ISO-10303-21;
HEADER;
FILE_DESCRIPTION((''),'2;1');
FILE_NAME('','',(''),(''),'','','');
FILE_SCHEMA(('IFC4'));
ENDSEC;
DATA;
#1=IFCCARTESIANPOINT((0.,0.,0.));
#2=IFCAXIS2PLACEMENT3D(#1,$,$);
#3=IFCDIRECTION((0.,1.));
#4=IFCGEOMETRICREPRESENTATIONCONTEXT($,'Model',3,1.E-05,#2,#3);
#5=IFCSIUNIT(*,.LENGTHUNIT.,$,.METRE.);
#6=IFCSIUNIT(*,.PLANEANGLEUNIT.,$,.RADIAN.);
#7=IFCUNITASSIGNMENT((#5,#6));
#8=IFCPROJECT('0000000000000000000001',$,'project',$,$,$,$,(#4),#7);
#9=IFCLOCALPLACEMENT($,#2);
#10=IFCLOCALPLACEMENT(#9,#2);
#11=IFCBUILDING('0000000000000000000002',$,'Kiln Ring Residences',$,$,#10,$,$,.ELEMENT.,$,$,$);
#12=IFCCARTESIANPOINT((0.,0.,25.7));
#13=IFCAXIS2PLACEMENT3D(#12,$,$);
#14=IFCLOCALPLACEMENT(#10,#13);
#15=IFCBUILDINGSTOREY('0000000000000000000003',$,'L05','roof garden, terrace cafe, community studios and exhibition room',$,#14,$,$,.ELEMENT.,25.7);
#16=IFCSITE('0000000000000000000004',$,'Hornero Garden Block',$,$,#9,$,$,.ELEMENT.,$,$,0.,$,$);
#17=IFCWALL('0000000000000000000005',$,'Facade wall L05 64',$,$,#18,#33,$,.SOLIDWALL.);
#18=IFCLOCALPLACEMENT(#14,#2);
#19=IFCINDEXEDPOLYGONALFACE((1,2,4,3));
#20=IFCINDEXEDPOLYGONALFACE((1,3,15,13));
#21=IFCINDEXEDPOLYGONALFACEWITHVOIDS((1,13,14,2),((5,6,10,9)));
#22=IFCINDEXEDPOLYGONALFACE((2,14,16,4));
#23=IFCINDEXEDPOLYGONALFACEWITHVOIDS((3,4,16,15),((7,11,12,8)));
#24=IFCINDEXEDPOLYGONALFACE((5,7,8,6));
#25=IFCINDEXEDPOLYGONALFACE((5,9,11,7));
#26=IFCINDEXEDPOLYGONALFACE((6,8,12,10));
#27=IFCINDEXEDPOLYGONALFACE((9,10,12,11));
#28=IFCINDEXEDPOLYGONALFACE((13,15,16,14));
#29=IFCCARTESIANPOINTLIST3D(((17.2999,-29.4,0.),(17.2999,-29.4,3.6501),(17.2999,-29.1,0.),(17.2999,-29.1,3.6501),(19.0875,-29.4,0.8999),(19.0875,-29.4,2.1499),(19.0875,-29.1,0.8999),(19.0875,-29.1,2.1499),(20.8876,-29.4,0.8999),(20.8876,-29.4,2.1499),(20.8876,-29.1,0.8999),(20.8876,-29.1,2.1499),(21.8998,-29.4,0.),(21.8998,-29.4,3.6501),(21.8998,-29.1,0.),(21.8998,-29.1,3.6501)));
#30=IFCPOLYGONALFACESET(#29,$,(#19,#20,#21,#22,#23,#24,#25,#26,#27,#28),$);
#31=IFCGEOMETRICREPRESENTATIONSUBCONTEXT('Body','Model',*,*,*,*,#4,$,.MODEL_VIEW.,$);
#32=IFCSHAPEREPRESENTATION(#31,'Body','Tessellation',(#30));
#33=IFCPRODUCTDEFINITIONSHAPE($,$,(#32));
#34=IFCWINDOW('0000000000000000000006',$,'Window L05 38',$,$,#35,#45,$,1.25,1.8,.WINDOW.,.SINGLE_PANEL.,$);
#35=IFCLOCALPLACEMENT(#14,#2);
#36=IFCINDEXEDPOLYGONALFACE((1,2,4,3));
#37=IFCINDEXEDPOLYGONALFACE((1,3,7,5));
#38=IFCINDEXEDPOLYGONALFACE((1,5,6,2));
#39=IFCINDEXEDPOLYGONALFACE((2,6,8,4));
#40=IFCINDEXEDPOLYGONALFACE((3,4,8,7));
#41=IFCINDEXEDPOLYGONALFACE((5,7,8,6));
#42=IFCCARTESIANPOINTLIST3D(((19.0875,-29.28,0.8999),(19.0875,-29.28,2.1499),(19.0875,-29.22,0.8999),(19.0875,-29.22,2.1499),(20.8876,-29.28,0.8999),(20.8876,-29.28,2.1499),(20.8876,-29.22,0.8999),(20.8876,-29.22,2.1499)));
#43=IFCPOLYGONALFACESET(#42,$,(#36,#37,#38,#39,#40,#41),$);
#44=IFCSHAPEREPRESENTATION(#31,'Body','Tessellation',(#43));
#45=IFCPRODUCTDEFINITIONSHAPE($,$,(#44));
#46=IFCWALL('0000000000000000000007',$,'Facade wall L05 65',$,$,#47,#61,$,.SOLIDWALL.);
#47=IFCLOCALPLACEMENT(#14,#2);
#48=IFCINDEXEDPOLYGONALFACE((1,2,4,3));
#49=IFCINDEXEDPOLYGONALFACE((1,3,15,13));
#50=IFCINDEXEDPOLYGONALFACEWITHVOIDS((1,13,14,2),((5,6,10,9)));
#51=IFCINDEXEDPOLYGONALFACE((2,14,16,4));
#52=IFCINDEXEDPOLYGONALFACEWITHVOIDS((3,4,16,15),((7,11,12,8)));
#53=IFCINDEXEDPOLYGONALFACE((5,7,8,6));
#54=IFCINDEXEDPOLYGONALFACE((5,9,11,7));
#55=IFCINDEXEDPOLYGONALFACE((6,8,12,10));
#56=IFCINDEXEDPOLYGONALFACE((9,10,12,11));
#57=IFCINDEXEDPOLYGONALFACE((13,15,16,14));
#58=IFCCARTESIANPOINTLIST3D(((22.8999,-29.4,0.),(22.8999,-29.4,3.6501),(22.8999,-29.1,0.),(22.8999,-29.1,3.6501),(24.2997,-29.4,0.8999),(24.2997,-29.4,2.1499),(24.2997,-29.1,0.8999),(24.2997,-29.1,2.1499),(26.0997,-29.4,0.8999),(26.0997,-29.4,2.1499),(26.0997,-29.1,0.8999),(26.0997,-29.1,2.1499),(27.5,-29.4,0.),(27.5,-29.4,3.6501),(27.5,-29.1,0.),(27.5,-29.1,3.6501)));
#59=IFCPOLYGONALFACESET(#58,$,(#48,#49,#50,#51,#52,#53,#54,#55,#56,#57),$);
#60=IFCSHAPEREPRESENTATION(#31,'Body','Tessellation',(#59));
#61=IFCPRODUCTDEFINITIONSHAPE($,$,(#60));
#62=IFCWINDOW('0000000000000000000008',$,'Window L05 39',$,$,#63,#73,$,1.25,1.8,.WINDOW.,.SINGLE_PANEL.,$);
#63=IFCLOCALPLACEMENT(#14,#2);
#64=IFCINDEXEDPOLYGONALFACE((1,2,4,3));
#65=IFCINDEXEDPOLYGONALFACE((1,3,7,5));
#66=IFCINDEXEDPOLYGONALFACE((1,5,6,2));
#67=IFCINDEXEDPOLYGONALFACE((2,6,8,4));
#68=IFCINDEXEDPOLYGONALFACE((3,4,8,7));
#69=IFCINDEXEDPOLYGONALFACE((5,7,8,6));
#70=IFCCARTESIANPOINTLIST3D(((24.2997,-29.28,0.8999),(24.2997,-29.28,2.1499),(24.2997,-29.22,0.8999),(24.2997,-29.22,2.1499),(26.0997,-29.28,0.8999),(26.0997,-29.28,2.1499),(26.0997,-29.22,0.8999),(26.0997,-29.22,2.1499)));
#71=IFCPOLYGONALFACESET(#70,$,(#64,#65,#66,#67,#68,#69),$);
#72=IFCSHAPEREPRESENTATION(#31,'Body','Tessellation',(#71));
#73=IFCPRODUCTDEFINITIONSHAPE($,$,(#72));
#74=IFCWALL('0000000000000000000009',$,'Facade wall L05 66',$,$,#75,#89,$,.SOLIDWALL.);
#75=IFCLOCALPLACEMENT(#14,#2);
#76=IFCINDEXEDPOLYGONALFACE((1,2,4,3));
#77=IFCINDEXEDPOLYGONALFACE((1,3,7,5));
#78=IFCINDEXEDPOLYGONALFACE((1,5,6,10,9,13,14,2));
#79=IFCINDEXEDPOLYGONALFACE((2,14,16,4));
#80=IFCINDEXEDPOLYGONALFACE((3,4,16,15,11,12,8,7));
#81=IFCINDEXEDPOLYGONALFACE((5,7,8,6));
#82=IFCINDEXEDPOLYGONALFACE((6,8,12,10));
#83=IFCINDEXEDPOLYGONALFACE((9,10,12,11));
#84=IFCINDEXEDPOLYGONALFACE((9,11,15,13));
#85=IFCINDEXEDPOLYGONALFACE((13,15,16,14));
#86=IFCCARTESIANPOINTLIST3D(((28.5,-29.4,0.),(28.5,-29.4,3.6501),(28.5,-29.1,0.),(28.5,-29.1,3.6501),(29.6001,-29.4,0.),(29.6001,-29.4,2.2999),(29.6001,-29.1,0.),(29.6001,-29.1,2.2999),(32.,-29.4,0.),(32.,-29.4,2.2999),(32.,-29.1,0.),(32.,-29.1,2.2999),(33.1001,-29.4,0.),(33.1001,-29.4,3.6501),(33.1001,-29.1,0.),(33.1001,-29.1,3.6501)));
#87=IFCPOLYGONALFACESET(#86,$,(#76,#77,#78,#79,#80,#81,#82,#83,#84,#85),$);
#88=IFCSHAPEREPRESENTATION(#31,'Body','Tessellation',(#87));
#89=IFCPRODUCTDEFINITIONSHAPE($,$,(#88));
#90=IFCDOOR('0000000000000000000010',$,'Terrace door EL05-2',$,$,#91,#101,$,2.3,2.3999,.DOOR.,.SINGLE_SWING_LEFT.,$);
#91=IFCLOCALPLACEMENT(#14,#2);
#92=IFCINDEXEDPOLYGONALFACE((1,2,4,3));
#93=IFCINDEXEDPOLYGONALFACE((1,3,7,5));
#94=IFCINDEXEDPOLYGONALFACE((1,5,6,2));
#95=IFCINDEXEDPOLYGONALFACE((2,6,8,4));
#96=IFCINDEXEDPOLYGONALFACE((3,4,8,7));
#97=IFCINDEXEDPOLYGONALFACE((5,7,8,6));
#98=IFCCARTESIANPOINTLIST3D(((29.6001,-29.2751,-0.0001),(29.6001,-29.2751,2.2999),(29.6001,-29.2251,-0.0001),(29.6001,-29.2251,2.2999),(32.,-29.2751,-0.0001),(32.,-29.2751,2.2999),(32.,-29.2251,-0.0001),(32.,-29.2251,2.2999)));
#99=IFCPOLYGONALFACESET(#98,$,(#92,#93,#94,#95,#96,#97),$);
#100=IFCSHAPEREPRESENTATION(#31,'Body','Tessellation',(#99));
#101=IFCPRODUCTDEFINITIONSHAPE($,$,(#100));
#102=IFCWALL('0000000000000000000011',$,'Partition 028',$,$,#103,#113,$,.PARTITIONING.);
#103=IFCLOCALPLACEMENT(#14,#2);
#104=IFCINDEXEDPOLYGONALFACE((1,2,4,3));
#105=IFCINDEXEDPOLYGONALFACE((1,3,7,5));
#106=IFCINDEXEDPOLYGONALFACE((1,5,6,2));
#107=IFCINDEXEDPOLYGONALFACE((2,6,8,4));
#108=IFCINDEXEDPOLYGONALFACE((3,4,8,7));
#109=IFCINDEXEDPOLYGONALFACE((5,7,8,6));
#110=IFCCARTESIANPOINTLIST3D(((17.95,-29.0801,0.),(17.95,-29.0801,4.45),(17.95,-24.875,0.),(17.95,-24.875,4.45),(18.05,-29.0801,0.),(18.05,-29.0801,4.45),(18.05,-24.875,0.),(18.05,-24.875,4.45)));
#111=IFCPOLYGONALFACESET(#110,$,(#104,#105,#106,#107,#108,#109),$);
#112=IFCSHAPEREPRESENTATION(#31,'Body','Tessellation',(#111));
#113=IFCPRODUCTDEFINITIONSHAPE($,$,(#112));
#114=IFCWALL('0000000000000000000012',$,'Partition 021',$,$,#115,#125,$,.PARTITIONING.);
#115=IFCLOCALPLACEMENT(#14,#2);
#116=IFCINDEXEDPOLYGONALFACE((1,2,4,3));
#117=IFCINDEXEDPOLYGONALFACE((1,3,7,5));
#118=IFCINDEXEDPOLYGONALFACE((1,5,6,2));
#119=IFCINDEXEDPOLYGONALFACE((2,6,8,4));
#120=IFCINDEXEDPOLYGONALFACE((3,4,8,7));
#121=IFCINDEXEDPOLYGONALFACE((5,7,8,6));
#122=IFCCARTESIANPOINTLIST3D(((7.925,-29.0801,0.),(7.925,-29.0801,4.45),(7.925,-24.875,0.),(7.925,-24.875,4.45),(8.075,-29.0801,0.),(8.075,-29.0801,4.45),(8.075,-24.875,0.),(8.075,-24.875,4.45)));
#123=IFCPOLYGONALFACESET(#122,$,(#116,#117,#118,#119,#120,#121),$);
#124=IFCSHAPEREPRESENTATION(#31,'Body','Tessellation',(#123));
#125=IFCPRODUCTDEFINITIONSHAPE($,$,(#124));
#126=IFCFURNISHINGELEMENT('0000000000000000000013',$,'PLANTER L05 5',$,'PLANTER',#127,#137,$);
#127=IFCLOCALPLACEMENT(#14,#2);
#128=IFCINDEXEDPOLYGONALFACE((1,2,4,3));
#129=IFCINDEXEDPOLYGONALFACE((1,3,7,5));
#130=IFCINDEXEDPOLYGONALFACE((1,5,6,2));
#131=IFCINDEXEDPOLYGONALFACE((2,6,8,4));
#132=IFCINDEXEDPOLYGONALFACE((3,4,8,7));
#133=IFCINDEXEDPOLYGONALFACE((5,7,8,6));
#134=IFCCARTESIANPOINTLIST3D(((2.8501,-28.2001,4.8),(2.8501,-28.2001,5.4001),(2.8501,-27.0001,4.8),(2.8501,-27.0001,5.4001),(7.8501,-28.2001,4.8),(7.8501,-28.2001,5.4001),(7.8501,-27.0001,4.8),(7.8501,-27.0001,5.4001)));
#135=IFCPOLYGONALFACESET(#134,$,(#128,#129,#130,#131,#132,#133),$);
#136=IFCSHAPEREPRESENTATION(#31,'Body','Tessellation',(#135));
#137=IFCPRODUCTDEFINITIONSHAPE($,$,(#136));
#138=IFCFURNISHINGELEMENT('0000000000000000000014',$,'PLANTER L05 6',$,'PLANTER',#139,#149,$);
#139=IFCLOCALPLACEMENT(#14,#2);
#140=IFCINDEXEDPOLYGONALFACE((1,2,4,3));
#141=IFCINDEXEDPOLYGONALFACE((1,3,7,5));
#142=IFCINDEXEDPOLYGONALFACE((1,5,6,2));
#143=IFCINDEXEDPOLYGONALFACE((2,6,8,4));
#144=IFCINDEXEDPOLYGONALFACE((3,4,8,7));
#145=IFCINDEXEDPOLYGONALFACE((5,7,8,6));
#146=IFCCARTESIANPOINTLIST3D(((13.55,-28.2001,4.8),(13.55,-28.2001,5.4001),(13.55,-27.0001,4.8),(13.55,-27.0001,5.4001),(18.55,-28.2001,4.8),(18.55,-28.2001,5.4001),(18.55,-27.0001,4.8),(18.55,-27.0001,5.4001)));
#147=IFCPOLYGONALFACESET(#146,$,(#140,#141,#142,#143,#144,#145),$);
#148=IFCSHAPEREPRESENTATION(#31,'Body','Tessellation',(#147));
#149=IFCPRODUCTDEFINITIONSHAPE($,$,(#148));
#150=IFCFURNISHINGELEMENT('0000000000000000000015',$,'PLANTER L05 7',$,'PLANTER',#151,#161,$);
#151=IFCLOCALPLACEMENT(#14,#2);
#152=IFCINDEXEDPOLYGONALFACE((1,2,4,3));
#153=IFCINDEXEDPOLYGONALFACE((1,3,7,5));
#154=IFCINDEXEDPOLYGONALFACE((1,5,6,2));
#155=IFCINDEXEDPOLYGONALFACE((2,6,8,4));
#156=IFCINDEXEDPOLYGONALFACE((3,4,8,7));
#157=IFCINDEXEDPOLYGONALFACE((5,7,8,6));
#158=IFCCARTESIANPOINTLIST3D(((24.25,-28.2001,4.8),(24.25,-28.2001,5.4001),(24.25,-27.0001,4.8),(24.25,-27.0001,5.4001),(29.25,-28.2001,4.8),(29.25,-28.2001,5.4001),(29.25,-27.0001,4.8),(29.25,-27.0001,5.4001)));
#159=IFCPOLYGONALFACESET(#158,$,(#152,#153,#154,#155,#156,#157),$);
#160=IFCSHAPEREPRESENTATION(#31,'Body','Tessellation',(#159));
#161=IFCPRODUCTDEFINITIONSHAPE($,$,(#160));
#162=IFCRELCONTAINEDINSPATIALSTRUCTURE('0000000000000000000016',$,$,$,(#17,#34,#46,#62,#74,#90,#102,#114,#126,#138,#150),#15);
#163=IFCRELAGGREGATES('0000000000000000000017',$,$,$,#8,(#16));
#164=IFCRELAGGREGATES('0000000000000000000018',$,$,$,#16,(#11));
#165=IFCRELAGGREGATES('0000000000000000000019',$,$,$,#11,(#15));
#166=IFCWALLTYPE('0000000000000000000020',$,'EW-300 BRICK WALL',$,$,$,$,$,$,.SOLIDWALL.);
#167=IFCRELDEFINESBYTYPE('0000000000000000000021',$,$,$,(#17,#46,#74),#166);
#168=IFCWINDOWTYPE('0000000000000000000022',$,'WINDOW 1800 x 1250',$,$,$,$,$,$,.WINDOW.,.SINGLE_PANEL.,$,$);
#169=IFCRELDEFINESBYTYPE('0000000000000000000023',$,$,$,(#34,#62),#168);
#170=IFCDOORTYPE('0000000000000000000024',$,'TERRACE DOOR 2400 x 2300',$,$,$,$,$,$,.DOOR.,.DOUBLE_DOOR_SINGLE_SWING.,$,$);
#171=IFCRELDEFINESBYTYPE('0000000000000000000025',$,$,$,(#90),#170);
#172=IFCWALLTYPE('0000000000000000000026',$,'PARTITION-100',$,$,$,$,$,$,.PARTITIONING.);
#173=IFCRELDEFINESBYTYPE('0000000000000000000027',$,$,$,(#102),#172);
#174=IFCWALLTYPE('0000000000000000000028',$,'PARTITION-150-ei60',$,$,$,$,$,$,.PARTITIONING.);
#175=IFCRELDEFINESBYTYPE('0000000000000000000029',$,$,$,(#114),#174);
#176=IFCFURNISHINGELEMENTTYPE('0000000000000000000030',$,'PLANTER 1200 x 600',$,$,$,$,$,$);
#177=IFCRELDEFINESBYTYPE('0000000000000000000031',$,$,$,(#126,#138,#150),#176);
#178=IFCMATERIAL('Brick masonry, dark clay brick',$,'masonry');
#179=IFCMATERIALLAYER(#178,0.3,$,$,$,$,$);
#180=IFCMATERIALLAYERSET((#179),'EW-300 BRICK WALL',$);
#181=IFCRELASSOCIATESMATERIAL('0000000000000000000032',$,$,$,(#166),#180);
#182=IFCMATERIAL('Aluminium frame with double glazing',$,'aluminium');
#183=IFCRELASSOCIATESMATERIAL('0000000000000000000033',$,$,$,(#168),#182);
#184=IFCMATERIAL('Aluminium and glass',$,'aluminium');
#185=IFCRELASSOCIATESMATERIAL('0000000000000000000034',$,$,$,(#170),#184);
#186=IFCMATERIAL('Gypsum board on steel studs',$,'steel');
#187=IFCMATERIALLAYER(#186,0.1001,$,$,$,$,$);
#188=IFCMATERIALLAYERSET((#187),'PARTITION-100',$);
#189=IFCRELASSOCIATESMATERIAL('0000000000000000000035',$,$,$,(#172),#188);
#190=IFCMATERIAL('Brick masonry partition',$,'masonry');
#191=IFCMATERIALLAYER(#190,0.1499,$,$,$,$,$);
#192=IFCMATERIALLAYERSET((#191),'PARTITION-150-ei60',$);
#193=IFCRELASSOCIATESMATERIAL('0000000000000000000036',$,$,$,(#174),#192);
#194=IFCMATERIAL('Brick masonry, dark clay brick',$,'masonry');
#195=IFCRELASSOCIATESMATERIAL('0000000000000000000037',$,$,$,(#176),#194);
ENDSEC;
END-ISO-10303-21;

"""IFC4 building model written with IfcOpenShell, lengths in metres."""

from ifc_helpers import new_model, si_unit, direction, frame, frame_2d, origin, origin_2d, place, context, subcontext, project, spatial, rectangle, extrude, material, layer, layer_set, type_object, element, fill, save


model = new_model("IFC4")

# Units and contexts
model_context = context("Model", 3, precision=1e-05, world=origin(), true_north=direction((0.0, 1.0)))
body_context = subcontext(model_context, "Body", "Model", "MODEL_VIEW")
ifc_project = project(units=[si_unit("LENGTHUNIT", "METRE"), si_unit("PLANEANGLEUNIT", "RADIAN")], contexts=[model_context])

# Site, building, storey
site_placement = place(None, origin())
site = spatial("IfcSite", under=ifc_project, at=site_placement, Name="Hornero Garden Block", CompositionType="ELEMENT", RefElevation=0.0)
building_placement = place(site_placement, origin())
building = spatial("IfcBuilding", under=site, at=building_placement, Name="Kiln Ring Residences", CompositionType="ELEMENT")
storey_placement = place(building_placement, frame((0.0, 0.0, 25.7)))
storey = spatial("IfcBuildingStorey", under=building, at=storey_placement, Name="L05", Description="roof garden, terrace cafe, community studios and exhibition room", CompositionType="ELEMENT", Elevation=25.7)

# Shared definitions
ifc_material_1 = material(Name="Brick masonry, dark clay brick", Category="masonry")
ifc_layer_1 = layer(ifc_material_1, 0.3)
ifc_layer_set_1 = layer_set([ifc_layer_1], Name="EW-300 BRICK WALL")
wall_type_1 = type_object("IfcWallType", Name="EW-300 BRICK WALL", PredefinedType="SOLIDWALL", material=ifc_layer_set_1)
ifc_material_2 = material(Name="Aluminium frame with double glazing", Category="aluminium")
window_type_1 = type_object("IfcWindowType", Name="WINDOW 1800 x 1250", PartitioningType="SINGLE_PANEL", PredefinedType="WINDOW", material=ifc_material_2)

# Walls, openings, windows
wall_1_placement = place(storey_placement, frame((17.3, -29.25, 0.0), z_axis=(0.0, 0.0, 1.0), x_axis=(1.0, 0.0, 0.0)))
wall_1 = element("IfcWall", 1, at=wall_1_placement, inside=storey, type_object=wall_type_1, Name="Facade wall L05 64", PredefinedType="SOLIDWALL", context=body_context, shape_type="SweptSolid", body=[
    extrude(rectangle(XDim=4.5999, YDim=0.3, at=frame_2d((2.2998, 0.0))), origin(), (0.0, 0.0, 1.0), 3.6501),
])
opening_1_placement = place(wall_1_placement, frame((1.7876, 0.0, 0.8999)))
opening_1 = element("IfcOpeningElement", 2, at=opening_1_placement, cuts=wall_1, PredefinedType="OPENING", context=body_context, shape_type="SweptSolid", body=[
    extrude(rectangle(XDim=1.8, YDim=1.25, at=frame_2d((0.8999, 0.625))), frame((0.0, 0.1599, 0.0), z_axis=(0.0, -1.0, 0.0), x_axis=(1.0, 0.0, 0.0)), (0.0, 0.0, 1.0), 0.3201),
])
window_1_placement = place(opening_1_placement, origin())
window_1 = element("IfcWindow", 3, at=window_1_placement, inside=storey, type_object=window_type_1, Name="Window L05 38", OverallHeight=1.25, OverallWidth=1.8, PartitioningType="SINGLE_PANEL", PredefinedType="WINDOW", context=body_context, shape_type="SweptSolid", body=[
    extrude(rectangle(XDim=1.8, YDim=1.25, at=frame_2d((0.8999, 0.625))), frame((0.0, 0.03, 0.0), z_axis=(0.0, -1.0, 0.0), x_axis=(1.0, 0.0, 0.0)), (0.0, 0.0, 1.0), 0.0601),
])
fill(opening_1, window_1)
wall_2_placement = place(storey_placement, frame((22.8999, -29.25, 0.0), z_axis=(0.0, 0.0, 1.0), x_axis=(1.0, 0.0, 0.0)))
wall_2 = element("IfcWall", 4, at=wall_2_placement, inside=storey, type_object=wall_type_1, Name="Facade wall L05 65", PredefinedType="SOLIDWALL", context=body_context, shape_type="SweptSolid", body=[
    extrude(rectangle(XDim=4.6001, YDim=0.3, at=frame_2d((2.3, 0.0))), origin(), (0.0, 0.0, 1.0), 3.6501),
])
opening_2_placement = place(wall_2_placement, frame((1.3999, 0.0, 0.8999)))
opening_2 = element("IfcOpeningElement", 5, at=opening_2_placement, cuts=wall_2, PredefinedType="OPENING", context=body_context, shape_type="SweptSolid", body=[
    extrude(rectangle(XDim=1.8, YDim=1.25, at=frame_2d((0.8999, 0.625))), frame((0.0, 0.1599, 0.0), z_axis=(0.0, -1.0, 0.0), x_axis=(1.0, 0.0, 0.0)), (0.0, 0.0, 1.0), 0.3201),
])
window_2_placement = place(opening_2_placement, origin())
window_2 = element("IfcWindow", 6, at=window_2_placement, inside=storey, type_object=window_type_1, Name="Window L05 39", OverallHeight=1.25, OverallWidth=1.8, PartitioningType="SINGLE_PANEL", PredefinedType="WINDOW", context=body_context, shape_type="SweptSolid", body=[
    extrude(rectangle(XDim=1.8, YDim=1.25, at=frame_2d((0.8999, 0.625))), frame((0.0, 0.03, 0.0), z_axis=(0.0, -1.0, 0.0), x_axis=(1.0, 0.0, 0.0)), (0.0, 0.0, 1.0), 0.0601),
])
fill(opening_2, window_2)

# Wall, opening, door
wall_3_placement = place(storey_placement, frame((28.5, -29.25, 0.0), z_axis=(0.0, 0.0, 1.0), x_axis=(1.0, 0.0, 0.0)))
wall_3 = element("IfcWall", 7, at=wall_3_placement, inside=storey, type_object=wall_type_1, Name="Facade wall L05 66", PredefinedType="SOLIDWALL", context=body_context, shape_type="SweptSolid", body=[
    extrude(rectangle(XDim=4.6001, YDim=0.3, at=frame_2d((2.3, 0.0))), origin(), (0.0, 0.0, 1.0), 3.6501),
])
opening_3_placement = place(wall_3_placement, frame((1.1001, 0.0, 0.0)))
opening_3 = element("IfcOpeningElement", 8, at=opening_3_placement, cuts=wall_3, PredefinedType="OPENING", context=body_context, shape_type="SweptSolid", body=[
    extrude(rectangle(XDim=2.3999, YDim=2.3, at=frame_2d((1.2, 1.1499))), frame((0.0, 0.1599, 0.0), z_axis=(0.0, -1.0, 0.0), x_axis=(1.0, 0.0, 0.0)), (0.0, 0.0, 1.0), 0.3201),
])
ifc_material_3 = material(Name="Aluminium and glass", Category="aluminium")
door_type = type_object("IfcDoorType", Name="TERRACE DOOR 2400 x 2300", OperationType="DOUBLE_DOOR_SINGLE_SWING", PredefinedType="DOOR", material=ifc_material_3)
door_placement = place(opening_3_placement, origin())
door = element("IfcDoor", 9, at=door_placement, inside=storey, type_object=door_type, Name="Terrace door EL05-2", OperationType="SINGLE_SWING_LEFT", OverallHeight=2.3, OverallWidth=2.3999, PredefinedType="DOOR", context=body_context, shape_type="SweptSolid", body=[
    extrude(rectangle(XDim=2.3999, YDim=2.3, at=frame_2d((1.2, 1.1499))), frame((0.0, 0.0249, 0.0), z_axis=(0.0, -1.0, 0.0), x_axis=(1.0, 0.0, 0.0)), (0.0, 0.0, 1.0), 0.05),
])
fill(opening_3, door)

# Walls
ifc_material_4 = material(Name="Gypsum board on steel studs", Category="steel")
ifc_layer_2 = layer(ifc_material_4, 0.1001)
ifc_layer_set_2 = layer_set([ifc_layer_2], Name="PARTITION-100")
wall_type_2 = type_object("IfcWallType", Name="PARTITION-100", PredefinedType="PARTITIONING", material=ifc_layer_set_2)
wall_4_placement = place(storey_placement, frame((18.0, -29.0801, 0.0), z_axis=(0.0, 0.0, 1.0), x_axis=(0.0, 1.0, 0.0)))
element("IfcWall", 10, at=wall_4_placement, inside=storey, type_object=wall_type_2, Name="Partition 028", PredefinedType="PARTITIONING", context=body_context, shape_type="SweptSolid", body=[
    extrude(rectangle(XDim=4.2051, YDim=0.1001, at=frame_2d((2.1025, 0.0))), origin(), (0.0, 0.0, 1.0), 4.45),
])
ifc_material_5 = material(Name="Brick masonry partition", Category="masonry")
ifc_layer_3 = layer(ifc_material_5, 0.1499)
ifc_layer_set_3 = layer_set([ifc_layer_3], Name="PARTITION-150-ei60")
wall_type_3 = type_object("IfcWallType", Name="PARTITION-150-ei60", PredefinedType="PARTITIONING", material=ifc_layer_set_3)
wall_5_placement = place(storey_placement, frame((8.0, -29.0801, 0.0), z_axis=(0.0, 0.0, 1.0), x_axis=(0.0, 1.0, 0.0)))
element("IfcWall", 11, at=wall_5_placement, inside=storey, type_object=wall_type_3, Name="Partition 021", PredefinedType="PARTITIONING", context=body_context, shape_type="SweptSolid", body=[
    extrude(rectangle(XDim=4.2051, YDim=0.1499, at=frame_2d((2.1025, 0.0))), origin(), (0.0, 0.0, 1.0), 4.45),
])

# Furnishing elements
ifc_material_6 = material(Name="Brick masonry, dark clay brick", Category="masonry")
furnishing_element_type = type_object("IfcFurnishingElementType", Name="PLANTER 1200 x 600", material=ifc_material_6)
for number, where, z_axis, x_axis, name in (
    (12, (5.3501, -27.6001, 4.8), (0.0, 0.0, 1.0), (1.0, 0.0, 0.0), "PLANTER L05 5"),
    (13, (16.05, -27.6001, 4.8), (0.0, 0.0, 1.0), (1.0, 0.0, 0.0), "PLANTER L05 6"),
    (14, (26.75, -27.6001, 4.8), (0.0, 0.0, 1.0), (1.0, 0.0, 0.0), "PLANTER L05 7"),
):
    element("IfcFurnishingElement", number, at=place(storey_placement, frame(where, z_axis=z_axis, x_axis=x_axis)), inside=storey, type_object=furnishing_element_type, Name=name, ObjectType="PLANTER", context=body_context, shape_type="SweptSolid", body=[
        extrude(rectangle(XDim=5.0, YDim=1.2, at=origin_2d()), origin(), (0.0, 0.0, 1.0), 0.6001),
    ])

save(model, "model.ifc")
